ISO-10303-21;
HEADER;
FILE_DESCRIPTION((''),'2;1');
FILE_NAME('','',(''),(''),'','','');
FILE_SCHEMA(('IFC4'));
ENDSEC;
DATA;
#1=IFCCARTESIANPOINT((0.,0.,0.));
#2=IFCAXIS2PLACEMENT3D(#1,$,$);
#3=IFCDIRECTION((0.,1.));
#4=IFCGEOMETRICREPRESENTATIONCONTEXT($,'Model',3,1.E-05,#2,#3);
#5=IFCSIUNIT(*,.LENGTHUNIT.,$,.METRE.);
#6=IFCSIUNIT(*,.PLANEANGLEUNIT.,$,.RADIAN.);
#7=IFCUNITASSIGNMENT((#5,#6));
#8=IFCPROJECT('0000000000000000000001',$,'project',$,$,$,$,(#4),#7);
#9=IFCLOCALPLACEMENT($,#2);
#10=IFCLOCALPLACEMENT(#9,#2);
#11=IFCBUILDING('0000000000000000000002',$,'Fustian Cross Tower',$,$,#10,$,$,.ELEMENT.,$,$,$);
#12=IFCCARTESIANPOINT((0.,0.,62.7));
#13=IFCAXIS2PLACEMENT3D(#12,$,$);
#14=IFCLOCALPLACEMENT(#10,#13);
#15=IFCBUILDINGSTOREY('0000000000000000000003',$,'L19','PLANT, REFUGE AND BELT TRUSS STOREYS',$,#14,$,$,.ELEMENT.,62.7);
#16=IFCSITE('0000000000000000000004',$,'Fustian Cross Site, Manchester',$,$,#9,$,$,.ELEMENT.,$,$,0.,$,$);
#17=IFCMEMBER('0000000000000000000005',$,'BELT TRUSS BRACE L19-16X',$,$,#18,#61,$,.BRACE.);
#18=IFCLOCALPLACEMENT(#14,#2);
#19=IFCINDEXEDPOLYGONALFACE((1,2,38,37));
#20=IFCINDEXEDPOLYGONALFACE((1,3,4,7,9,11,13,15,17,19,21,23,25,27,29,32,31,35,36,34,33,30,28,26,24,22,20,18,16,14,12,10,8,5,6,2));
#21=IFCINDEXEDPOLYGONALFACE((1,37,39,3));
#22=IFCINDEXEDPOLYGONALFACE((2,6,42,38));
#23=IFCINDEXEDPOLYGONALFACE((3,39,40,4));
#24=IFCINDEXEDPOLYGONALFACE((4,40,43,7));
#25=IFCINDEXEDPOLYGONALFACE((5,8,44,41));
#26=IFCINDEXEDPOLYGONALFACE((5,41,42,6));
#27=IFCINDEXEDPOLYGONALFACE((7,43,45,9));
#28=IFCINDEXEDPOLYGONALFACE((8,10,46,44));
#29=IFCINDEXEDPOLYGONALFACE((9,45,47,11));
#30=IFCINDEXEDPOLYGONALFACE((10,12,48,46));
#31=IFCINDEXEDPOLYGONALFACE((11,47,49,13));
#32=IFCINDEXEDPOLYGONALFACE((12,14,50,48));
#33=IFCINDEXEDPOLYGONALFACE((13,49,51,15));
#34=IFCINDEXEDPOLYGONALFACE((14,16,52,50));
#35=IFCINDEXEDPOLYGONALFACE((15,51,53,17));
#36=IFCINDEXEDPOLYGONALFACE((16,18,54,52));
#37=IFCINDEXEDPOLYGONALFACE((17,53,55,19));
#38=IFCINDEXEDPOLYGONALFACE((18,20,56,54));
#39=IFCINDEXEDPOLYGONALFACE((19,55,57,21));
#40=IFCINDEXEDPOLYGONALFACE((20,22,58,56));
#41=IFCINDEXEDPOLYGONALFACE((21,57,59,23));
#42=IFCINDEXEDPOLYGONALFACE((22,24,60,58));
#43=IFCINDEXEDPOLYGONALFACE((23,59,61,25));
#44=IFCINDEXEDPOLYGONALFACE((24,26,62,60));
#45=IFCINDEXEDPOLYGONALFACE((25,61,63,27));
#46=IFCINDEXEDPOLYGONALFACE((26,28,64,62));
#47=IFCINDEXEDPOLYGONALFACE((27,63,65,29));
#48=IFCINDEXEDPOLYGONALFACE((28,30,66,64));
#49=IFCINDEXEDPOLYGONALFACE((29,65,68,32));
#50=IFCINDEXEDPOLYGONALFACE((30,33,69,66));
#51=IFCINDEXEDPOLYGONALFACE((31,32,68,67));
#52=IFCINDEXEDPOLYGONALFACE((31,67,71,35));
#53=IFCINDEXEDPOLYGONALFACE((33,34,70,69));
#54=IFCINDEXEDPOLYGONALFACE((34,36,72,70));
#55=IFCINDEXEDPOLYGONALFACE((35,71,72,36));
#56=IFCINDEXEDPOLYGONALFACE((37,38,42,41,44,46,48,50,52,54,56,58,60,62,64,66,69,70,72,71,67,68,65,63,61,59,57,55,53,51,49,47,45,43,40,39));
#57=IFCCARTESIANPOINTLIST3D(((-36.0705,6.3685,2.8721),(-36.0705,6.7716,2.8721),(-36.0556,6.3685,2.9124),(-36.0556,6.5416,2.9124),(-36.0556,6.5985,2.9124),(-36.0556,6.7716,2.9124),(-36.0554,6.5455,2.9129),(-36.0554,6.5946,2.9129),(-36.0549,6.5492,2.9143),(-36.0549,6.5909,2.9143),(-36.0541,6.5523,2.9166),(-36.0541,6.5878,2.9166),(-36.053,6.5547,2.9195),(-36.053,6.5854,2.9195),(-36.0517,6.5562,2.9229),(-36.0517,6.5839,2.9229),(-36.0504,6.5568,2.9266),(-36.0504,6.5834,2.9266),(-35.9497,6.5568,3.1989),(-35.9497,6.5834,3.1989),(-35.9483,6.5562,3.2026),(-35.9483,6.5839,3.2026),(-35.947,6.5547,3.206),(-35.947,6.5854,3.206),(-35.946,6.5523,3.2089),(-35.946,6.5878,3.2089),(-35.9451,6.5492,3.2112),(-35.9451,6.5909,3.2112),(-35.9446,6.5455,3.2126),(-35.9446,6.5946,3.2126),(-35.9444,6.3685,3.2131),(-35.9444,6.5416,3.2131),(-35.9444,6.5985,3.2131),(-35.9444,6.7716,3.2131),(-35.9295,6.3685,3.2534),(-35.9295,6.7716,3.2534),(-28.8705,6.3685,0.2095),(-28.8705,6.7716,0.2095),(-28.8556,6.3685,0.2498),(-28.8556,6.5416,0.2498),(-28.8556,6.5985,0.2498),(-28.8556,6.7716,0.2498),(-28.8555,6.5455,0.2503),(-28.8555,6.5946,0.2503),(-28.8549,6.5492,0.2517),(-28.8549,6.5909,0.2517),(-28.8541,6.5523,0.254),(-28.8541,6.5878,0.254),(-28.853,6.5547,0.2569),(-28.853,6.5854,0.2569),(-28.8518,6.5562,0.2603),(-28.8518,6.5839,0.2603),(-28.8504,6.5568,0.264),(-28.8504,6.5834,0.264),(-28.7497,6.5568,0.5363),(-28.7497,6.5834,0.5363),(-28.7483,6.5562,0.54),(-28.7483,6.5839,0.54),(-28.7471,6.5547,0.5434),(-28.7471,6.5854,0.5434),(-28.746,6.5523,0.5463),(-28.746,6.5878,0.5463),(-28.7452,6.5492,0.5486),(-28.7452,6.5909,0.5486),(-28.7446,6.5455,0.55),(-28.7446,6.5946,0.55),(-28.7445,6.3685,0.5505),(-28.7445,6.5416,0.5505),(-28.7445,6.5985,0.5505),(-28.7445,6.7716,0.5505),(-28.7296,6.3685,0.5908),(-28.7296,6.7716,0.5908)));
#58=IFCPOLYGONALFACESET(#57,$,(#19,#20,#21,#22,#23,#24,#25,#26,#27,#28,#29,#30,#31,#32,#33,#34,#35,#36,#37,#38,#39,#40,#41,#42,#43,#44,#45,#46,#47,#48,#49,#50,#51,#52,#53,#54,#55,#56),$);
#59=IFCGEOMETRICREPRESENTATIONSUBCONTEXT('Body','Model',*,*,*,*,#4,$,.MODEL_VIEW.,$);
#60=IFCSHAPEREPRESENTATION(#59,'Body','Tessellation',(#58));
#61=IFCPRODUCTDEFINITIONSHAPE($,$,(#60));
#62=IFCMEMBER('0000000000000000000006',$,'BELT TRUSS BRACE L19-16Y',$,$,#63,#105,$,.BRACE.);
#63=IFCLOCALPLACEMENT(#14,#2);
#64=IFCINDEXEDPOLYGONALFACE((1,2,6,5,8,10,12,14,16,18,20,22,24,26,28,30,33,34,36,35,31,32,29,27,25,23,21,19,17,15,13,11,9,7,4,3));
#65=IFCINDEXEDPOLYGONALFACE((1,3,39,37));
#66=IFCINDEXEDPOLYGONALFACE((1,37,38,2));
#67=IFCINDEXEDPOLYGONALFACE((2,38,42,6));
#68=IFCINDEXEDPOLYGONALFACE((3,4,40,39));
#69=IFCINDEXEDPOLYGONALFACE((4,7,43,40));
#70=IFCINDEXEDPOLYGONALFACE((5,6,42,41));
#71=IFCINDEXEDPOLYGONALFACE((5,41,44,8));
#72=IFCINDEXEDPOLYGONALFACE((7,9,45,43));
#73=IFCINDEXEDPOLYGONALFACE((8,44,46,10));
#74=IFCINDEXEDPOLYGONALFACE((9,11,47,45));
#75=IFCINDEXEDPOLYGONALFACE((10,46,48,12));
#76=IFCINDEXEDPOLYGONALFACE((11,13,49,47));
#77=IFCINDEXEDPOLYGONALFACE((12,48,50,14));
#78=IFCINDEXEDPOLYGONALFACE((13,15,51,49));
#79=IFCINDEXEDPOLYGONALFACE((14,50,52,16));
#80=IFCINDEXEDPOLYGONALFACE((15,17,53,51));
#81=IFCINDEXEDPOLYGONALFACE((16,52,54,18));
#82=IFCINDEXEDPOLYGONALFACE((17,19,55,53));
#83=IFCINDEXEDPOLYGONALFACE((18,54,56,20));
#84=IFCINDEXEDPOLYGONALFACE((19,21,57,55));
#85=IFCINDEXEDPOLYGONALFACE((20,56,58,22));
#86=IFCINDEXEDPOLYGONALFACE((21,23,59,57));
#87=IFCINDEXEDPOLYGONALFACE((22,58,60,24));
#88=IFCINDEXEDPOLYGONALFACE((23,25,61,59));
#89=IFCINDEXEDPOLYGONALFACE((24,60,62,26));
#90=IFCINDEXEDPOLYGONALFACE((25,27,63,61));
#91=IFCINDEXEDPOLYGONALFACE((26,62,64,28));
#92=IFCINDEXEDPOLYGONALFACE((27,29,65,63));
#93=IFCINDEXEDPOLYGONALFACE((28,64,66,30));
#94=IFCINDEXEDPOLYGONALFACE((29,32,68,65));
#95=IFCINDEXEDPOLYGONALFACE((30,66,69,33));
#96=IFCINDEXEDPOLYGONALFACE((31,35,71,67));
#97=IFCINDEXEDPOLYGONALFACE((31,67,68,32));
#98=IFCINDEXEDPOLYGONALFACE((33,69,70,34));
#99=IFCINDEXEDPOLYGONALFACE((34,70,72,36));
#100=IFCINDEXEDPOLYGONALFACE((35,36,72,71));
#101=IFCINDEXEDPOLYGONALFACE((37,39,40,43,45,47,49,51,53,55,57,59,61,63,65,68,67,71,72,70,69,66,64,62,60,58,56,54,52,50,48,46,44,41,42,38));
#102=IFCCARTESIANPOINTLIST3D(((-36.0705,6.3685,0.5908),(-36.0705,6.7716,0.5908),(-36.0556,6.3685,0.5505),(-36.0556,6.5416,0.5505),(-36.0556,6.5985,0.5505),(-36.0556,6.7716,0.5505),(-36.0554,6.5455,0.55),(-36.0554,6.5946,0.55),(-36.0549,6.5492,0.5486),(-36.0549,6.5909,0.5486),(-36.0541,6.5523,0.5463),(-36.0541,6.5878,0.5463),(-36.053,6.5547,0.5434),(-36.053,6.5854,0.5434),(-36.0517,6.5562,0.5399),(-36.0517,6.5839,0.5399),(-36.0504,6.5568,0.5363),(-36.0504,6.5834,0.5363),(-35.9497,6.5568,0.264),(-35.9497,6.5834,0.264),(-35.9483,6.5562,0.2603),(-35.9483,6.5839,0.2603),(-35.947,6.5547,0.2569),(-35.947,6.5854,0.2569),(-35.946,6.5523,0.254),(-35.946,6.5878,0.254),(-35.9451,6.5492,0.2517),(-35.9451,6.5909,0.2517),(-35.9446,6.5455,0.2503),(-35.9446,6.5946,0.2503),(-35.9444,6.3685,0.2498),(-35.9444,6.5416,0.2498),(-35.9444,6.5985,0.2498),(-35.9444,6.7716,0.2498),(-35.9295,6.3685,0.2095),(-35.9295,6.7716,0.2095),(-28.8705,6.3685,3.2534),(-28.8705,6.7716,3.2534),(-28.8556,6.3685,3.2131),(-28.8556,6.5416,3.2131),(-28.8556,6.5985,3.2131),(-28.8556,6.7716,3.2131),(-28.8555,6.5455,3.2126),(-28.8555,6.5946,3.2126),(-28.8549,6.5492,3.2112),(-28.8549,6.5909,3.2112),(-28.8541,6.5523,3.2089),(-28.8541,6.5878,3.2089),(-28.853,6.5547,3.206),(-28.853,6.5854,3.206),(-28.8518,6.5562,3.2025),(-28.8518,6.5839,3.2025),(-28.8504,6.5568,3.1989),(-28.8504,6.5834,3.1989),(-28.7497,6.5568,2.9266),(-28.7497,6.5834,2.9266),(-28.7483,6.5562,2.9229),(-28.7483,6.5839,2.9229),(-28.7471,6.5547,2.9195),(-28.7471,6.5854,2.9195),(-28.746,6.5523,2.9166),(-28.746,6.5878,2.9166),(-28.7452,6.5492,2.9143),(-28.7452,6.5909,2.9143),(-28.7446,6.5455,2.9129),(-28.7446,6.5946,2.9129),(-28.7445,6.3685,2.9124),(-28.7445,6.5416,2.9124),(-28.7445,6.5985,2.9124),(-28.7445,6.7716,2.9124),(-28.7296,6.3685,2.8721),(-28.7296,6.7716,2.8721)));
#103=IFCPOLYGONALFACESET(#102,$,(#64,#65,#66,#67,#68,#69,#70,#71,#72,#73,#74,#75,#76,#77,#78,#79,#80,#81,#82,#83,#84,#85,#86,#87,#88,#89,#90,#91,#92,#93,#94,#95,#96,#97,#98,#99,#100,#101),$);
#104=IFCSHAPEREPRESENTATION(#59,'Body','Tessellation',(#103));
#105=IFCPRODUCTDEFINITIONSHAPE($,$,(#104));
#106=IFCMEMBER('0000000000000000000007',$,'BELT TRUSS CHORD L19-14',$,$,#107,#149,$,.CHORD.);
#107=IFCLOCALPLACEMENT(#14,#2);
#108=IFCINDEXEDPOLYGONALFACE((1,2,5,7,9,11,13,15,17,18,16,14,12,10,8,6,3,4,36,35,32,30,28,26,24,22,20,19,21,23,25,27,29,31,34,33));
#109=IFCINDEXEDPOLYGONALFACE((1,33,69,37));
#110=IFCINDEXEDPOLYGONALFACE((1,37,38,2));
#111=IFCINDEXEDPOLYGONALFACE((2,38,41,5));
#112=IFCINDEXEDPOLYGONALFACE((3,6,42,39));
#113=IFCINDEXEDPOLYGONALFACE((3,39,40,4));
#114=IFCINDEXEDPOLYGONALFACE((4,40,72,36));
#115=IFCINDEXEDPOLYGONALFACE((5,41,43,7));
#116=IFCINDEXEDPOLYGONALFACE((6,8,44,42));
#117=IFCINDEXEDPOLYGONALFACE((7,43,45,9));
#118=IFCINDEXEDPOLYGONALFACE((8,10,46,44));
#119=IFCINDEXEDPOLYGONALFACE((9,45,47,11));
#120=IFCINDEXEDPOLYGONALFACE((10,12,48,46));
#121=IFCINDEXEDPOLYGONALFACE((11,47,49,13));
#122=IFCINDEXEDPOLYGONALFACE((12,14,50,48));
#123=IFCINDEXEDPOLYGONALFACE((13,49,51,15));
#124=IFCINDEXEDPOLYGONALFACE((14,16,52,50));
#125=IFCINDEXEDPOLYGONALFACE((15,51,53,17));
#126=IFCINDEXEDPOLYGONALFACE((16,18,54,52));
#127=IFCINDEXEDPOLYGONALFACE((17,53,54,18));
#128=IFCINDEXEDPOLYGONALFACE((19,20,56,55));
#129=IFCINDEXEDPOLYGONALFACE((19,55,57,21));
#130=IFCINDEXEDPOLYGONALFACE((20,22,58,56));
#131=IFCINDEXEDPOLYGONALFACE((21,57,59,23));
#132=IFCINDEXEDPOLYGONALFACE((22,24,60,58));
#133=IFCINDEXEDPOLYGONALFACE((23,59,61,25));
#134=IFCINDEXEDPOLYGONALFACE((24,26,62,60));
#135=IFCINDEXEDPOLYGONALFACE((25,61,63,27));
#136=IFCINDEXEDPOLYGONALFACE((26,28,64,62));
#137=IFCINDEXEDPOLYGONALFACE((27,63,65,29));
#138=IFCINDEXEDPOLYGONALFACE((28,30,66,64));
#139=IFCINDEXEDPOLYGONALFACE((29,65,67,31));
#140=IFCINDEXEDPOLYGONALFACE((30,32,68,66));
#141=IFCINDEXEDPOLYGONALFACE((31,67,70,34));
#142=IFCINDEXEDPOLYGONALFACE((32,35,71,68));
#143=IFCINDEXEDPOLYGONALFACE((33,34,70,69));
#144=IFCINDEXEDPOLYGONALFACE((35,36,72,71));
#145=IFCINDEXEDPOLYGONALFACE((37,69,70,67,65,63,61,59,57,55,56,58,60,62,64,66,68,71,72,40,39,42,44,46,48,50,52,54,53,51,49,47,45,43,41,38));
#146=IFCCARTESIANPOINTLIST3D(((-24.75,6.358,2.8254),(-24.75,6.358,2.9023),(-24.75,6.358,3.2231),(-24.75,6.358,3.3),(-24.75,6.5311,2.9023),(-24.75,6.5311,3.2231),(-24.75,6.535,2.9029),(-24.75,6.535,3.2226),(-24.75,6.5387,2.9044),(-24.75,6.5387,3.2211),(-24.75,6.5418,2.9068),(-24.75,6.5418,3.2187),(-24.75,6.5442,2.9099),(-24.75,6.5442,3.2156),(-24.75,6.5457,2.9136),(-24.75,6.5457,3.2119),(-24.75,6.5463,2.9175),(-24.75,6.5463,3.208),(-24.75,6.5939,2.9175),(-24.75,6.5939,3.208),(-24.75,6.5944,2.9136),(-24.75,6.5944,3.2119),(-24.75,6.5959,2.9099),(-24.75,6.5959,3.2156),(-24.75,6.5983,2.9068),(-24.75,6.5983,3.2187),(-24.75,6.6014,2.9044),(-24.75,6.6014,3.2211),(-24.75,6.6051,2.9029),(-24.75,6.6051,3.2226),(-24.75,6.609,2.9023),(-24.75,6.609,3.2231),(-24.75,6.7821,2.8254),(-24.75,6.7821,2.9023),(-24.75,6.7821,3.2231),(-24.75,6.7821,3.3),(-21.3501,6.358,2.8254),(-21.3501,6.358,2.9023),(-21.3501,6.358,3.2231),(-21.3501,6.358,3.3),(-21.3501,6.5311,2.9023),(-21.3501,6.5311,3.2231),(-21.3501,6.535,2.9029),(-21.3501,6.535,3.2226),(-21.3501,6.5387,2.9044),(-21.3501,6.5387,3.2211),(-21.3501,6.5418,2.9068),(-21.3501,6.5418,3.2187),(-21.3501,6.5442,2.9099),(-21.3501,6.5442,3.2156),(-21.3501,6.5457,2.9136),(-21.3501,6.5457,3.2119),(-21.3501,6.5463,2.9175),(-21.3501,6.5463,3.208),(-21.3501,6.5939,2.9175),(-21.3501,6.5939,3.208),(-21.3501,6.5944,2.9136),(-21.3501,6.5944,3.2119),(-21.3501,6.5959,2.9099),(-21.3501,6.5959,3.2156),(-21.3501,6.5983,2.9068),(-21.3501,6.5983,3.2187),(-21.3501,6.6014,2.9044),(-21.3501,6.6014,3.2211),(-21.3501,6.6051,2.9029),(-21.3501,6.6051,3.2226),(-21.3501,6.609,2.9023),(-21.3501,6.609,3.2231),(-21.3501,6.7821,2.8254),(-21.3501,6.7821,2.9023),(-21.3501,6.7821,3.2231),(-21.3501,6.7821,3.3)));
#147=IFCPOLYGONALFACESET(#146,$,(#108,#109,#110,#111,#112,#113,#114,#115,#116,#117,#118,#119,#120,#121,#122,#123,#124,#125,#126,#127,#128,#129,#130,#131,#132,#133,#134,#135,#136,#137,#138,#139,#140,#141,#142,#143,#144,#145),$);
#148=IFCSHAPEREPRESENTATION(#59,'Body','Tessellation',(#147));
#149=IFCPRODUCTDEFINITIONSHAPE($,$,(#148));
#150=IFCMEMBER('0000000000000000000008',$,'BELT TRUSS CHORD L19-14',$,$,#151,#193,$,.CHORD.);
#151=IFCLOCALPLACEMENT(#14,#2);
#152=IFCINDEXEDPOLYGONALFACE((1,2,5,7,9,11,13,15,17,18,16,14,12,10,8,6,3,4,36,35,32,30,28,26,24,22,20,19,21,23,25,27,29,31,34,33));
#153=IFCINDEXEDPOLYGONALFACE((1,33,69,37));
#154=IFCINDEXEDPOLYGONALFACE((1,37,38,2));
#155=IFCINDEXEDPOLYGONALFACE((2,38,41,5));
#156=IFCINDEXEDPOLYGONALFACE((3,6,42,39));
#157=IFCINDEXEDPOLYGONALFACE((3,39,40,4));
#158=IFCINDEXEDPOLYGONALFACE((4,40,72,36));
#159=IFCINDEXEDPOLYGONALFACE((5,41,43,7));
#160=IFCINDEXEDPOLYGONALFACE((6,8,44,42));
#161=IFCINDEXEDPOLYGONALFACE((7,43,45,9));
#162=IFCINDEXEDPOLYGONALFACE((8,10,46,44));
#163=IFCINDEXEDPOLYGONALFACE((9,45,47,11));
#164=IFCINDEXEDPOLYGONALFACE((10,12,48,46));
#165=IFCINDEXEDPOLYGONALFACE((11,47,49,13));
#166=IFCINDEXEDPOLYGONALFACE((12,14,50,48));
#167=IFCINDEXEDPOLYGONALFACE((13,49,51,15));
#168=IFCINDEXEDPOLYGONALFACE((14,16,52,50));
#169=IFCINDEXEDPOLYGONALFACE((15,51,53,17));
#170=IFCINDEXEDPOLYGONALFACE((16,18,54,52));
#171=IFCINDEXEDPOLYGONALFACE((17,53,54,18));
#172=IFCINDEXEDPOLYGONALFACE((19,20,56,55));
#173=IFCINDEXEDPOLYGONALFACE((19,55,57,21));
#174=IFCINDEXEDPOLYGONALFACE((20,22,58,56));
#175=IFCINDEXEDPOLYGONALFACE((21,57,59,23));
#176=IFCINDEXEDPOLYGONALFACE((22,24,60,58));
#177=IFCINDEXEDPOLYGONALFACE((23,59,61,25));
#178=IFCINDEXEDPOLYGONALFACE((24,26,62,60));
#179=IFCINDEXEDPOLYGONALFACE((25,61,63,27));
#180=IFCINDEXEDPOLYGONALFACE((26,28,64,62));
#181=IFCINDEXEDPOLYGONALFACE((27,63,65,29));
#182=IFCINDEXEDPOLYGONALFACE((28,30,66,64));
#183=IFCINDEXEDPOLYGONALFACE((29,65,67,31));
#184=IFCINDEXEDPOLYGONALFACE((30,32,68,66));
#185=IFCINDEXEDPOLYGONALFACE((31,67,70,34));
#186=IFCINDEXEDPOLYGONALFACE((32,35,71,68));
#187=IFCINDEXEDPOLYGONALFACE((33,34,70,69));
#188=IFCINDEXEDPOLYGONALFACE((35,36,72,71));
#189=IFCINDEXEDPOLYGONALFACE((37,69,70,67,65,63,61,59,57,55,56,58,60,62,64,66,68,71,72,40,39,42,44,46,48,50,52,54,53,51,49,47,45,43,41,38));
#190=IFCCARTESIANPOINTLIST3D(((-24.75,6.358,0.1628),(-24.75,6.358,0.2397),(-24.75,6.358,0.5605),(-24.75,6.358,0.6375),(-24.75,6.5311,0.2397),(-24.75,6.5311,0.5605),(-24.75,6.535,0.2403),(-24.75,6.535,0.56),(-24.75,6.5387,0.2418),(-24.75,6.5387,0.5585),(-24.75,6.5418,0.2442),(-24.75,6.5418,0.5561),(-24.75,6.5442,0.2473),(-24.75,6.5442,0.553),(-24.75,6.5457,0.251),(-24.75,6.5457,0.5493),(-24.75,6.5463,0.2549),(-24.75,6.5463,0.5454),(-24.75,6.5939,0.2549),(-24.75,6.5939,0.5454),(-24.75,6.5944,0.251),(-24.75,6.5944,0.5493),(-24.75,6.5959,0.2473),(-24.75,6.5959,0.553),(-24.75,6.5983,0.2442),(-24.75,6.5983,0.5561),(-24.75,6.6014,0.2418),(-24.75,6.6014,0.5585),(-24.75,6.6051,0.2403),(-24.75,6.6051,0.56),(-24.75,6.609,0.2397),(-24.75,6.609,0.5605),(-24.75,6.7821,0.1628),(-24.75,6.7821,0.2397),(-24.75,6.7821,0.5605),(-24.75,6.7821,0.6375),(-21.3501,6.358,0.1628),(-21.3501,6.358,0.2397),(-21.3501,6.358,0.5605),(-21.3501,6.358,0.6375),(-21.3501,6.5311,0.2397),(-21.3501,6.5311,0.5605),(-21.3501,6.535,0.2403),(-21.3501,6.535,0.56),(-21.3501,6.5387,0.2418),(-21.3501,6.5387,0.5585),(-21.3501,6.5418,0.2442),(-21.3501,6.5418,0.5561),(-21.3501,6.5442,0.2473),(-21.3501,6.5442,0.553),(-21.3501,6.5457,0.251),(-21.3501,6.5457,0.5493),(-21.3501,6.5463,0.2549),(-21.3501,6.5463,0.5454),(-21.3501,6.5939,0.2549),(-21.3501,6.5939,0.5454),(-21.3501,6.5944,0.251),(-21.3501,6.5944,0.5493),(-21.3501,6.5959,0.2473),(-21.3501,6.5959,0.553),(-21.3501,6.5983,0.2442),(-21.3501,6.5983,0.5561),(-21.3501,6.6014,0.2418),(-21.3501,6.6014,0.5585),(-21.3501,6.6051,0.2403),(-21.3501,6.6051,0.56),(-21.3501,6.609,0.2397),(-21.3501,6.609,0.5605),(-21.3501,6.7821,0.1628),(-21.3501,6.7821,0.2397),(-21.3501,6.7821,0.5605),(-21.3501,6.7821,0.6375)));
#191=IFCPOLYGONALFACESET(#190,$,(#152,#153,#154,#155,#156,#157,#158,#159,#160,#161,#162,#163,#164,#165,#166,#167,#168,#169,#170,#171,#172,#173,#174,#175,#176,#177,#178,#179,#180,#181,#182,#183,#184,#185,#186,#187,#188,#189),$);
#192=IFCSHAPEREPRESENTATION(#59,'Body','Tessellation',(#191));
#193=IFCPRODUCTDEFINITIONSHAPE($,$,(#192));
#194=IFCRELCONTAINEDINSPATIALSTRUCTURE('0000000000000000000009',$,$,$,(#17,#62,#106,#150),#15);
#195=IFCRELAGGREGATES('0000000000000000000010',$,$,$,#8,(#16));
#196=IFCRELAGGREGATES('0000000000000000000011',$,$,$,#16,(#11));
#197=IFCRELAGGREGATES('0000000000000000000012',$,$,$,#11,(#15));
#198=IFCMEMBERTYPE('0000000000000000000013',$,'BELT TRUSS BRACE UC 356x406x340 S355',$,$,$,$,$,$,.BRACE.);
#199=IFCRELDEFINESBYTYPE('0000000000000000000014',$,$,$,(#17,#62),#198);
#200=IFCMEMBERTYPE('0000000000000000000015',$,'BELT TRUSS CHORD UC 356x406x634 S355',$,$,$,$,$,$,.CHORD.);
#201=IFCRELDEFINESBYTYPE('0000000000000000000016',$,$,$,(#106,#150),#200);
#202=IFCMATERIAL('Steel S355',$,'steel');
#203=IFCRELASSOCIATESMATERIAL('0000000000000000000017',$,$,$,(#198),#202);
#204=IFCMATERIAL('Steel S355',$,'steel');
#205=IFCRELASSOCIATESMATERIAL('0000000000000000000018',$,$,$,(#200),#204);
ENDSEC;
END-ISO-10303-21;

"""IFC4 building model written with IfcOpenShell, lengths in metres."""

from ifc_helpers import new_model, si_unit, direction, frame, origin, origin_2d, place, context, subcontext, project, spatial, i_section, extrude, material, material_profile, profile_set, type_object, element, save


model = new_model("IFC4")

# Units and contexts
model_context = context("Model", 3, precision=1e-05, world=origin(), true_north=direction((0.0, 1.0)))
body_context = subcontext(model_context, "Body", "Model", "MODEL_VIEW")
ifc_project = project(units=[si_unit("LENGTHUNIT", "METRE"), si_unit("PLANEANGLEUNIT", "RADIAN")], contexts=[model_context])

# Site, building, storey
site_placement = place(None, origin())
site = spatial("IfcSite", under=ifc_project, at=site_placement, Name="Fustian Cross Site, Manchester", CompositionType="ELEMENT", RefElevation=0.0)
building_placement = place(site_placement, origin())
building = spatial("IfcBuilding", under=site, at=building_placement, Name="Fustian Cross Tower", CompositionType="ELEMENT")
storey_placement = place(building_placement, frame((0.0, 0.0, 62.7)))
storey = spatial("IfcBuildingStorey", under=building, at=storey_placement, Name="L19", Description="PLANT, REFUGE AND BELT TRUSS STOREYS", CompositionType="ELEMENT", Elevation=62.7)

# Members
ifc_material_1 = material(Name="Steel S355", Category="steel")
ifc_material_profile_1 = material_profile(ifc_material_1, i_section(OverallWidth=0.4031, OverallDepth=0.4065, WebThickness=0.0266, FlangeThickness=0.043, FilletRadius=0.0151, at=origin_2d()), Name="UC 356x406x340")
ifc_profile_set_1 = profile_set([ifc_material_profile_1], Name="Steel S355")
member_type_1 = type_object("IfcMemberType", Name="BELT TRUSS BRACE UC 356x406x340 S355", PredefinedType="BRACE", material=ifc_profile_set_1)
for number, where, z_axis, x_axis, name in (
    (1, (-28.8, 6.5701, 0.4001), (-0.937921, 0.0, 0.34685), (0.0, -1.0, 0.0), "BELT TRUSS BRACE L19-16X"),
    (2, (-28.8, 6.5701, 3.0627), (-0.937921, 0.0, -0.34685), (0.0, -1.0, 0.0), "BELT TRUSS BRACE L19-16Y"),
):
    element("IfcMember", number, at=place(storey_placement, frame(where, z_axis=z_axis, x_axis=x_axis)), inside=storey, type_object=member_type_1, Name=name, PredefinedType="BRACE", context=body_context, shape_type="SweptSolid", body=[
        extrude(i_section(OverallWidth=0.4031, OverallDepth=0.4065, WebThickness=0.0266, FlangeThickness=0.043, FilletRadius=0.0151, at=origin_2d()), origin(), (0.0, 0.0, 1.0), 7.6765),
    ])
ifc_material_2 = material(Name="Steel S355", Category="steel")
ifc_material_profile_2 = material_profile(ifc_material_2, i_section(OverallWidth=0.4241, OverallDepth=0.4746, WebThickness=0.0476, FlangeThickness=0.0769, FilletRadius=0.0151, at=origin_2d()), Name="UC 356x406x634")
ifc_profile_set_2 = profile_set([ifc_material_profile_2], Name="Steel S355")
member_type_2 = type_object("IfcMemberType", Name="BELT TRUSS CHORD UC 356x406x634 S355", PredefinedType="CHORD", material=ifc_profile_set_2)
for number, where, z_axis, x_axis, name in (
    (3, (-21.3501, 6.5701, 3.0627), (-1.0, 0.0, 0.0), (0.0, -1.0, 0.0), "BELT TRUSS CHORD L19-14"),
    (4, (-21.3501, 6.5701, 0.4001), (-1.0, 0.0, 0.0), (0.0, -1.0, 0.0), "BELT TRUSS CHORD L19-14"),
):
    element("IfcMember", number, at=place(storey_placement, frame(where, z_axis=z_axis, x_axis=x_axis)), inside=storey, type_object=member_type_2, Name=name, PredefinedType="CHORD", context=body_context, shape_type="SweptSolid", body=[
        extrude(i_section(OverallWidth=0.4241, OverallDepth=0.4746, WebThickness=0.0476, FlangeThickness=0.0769, FilletRadius=0.0151, at=origin_2d()), origin(), (0.0, 0.0, 1.0), 3.3999),
    ])

save(model, "model.ifc")
